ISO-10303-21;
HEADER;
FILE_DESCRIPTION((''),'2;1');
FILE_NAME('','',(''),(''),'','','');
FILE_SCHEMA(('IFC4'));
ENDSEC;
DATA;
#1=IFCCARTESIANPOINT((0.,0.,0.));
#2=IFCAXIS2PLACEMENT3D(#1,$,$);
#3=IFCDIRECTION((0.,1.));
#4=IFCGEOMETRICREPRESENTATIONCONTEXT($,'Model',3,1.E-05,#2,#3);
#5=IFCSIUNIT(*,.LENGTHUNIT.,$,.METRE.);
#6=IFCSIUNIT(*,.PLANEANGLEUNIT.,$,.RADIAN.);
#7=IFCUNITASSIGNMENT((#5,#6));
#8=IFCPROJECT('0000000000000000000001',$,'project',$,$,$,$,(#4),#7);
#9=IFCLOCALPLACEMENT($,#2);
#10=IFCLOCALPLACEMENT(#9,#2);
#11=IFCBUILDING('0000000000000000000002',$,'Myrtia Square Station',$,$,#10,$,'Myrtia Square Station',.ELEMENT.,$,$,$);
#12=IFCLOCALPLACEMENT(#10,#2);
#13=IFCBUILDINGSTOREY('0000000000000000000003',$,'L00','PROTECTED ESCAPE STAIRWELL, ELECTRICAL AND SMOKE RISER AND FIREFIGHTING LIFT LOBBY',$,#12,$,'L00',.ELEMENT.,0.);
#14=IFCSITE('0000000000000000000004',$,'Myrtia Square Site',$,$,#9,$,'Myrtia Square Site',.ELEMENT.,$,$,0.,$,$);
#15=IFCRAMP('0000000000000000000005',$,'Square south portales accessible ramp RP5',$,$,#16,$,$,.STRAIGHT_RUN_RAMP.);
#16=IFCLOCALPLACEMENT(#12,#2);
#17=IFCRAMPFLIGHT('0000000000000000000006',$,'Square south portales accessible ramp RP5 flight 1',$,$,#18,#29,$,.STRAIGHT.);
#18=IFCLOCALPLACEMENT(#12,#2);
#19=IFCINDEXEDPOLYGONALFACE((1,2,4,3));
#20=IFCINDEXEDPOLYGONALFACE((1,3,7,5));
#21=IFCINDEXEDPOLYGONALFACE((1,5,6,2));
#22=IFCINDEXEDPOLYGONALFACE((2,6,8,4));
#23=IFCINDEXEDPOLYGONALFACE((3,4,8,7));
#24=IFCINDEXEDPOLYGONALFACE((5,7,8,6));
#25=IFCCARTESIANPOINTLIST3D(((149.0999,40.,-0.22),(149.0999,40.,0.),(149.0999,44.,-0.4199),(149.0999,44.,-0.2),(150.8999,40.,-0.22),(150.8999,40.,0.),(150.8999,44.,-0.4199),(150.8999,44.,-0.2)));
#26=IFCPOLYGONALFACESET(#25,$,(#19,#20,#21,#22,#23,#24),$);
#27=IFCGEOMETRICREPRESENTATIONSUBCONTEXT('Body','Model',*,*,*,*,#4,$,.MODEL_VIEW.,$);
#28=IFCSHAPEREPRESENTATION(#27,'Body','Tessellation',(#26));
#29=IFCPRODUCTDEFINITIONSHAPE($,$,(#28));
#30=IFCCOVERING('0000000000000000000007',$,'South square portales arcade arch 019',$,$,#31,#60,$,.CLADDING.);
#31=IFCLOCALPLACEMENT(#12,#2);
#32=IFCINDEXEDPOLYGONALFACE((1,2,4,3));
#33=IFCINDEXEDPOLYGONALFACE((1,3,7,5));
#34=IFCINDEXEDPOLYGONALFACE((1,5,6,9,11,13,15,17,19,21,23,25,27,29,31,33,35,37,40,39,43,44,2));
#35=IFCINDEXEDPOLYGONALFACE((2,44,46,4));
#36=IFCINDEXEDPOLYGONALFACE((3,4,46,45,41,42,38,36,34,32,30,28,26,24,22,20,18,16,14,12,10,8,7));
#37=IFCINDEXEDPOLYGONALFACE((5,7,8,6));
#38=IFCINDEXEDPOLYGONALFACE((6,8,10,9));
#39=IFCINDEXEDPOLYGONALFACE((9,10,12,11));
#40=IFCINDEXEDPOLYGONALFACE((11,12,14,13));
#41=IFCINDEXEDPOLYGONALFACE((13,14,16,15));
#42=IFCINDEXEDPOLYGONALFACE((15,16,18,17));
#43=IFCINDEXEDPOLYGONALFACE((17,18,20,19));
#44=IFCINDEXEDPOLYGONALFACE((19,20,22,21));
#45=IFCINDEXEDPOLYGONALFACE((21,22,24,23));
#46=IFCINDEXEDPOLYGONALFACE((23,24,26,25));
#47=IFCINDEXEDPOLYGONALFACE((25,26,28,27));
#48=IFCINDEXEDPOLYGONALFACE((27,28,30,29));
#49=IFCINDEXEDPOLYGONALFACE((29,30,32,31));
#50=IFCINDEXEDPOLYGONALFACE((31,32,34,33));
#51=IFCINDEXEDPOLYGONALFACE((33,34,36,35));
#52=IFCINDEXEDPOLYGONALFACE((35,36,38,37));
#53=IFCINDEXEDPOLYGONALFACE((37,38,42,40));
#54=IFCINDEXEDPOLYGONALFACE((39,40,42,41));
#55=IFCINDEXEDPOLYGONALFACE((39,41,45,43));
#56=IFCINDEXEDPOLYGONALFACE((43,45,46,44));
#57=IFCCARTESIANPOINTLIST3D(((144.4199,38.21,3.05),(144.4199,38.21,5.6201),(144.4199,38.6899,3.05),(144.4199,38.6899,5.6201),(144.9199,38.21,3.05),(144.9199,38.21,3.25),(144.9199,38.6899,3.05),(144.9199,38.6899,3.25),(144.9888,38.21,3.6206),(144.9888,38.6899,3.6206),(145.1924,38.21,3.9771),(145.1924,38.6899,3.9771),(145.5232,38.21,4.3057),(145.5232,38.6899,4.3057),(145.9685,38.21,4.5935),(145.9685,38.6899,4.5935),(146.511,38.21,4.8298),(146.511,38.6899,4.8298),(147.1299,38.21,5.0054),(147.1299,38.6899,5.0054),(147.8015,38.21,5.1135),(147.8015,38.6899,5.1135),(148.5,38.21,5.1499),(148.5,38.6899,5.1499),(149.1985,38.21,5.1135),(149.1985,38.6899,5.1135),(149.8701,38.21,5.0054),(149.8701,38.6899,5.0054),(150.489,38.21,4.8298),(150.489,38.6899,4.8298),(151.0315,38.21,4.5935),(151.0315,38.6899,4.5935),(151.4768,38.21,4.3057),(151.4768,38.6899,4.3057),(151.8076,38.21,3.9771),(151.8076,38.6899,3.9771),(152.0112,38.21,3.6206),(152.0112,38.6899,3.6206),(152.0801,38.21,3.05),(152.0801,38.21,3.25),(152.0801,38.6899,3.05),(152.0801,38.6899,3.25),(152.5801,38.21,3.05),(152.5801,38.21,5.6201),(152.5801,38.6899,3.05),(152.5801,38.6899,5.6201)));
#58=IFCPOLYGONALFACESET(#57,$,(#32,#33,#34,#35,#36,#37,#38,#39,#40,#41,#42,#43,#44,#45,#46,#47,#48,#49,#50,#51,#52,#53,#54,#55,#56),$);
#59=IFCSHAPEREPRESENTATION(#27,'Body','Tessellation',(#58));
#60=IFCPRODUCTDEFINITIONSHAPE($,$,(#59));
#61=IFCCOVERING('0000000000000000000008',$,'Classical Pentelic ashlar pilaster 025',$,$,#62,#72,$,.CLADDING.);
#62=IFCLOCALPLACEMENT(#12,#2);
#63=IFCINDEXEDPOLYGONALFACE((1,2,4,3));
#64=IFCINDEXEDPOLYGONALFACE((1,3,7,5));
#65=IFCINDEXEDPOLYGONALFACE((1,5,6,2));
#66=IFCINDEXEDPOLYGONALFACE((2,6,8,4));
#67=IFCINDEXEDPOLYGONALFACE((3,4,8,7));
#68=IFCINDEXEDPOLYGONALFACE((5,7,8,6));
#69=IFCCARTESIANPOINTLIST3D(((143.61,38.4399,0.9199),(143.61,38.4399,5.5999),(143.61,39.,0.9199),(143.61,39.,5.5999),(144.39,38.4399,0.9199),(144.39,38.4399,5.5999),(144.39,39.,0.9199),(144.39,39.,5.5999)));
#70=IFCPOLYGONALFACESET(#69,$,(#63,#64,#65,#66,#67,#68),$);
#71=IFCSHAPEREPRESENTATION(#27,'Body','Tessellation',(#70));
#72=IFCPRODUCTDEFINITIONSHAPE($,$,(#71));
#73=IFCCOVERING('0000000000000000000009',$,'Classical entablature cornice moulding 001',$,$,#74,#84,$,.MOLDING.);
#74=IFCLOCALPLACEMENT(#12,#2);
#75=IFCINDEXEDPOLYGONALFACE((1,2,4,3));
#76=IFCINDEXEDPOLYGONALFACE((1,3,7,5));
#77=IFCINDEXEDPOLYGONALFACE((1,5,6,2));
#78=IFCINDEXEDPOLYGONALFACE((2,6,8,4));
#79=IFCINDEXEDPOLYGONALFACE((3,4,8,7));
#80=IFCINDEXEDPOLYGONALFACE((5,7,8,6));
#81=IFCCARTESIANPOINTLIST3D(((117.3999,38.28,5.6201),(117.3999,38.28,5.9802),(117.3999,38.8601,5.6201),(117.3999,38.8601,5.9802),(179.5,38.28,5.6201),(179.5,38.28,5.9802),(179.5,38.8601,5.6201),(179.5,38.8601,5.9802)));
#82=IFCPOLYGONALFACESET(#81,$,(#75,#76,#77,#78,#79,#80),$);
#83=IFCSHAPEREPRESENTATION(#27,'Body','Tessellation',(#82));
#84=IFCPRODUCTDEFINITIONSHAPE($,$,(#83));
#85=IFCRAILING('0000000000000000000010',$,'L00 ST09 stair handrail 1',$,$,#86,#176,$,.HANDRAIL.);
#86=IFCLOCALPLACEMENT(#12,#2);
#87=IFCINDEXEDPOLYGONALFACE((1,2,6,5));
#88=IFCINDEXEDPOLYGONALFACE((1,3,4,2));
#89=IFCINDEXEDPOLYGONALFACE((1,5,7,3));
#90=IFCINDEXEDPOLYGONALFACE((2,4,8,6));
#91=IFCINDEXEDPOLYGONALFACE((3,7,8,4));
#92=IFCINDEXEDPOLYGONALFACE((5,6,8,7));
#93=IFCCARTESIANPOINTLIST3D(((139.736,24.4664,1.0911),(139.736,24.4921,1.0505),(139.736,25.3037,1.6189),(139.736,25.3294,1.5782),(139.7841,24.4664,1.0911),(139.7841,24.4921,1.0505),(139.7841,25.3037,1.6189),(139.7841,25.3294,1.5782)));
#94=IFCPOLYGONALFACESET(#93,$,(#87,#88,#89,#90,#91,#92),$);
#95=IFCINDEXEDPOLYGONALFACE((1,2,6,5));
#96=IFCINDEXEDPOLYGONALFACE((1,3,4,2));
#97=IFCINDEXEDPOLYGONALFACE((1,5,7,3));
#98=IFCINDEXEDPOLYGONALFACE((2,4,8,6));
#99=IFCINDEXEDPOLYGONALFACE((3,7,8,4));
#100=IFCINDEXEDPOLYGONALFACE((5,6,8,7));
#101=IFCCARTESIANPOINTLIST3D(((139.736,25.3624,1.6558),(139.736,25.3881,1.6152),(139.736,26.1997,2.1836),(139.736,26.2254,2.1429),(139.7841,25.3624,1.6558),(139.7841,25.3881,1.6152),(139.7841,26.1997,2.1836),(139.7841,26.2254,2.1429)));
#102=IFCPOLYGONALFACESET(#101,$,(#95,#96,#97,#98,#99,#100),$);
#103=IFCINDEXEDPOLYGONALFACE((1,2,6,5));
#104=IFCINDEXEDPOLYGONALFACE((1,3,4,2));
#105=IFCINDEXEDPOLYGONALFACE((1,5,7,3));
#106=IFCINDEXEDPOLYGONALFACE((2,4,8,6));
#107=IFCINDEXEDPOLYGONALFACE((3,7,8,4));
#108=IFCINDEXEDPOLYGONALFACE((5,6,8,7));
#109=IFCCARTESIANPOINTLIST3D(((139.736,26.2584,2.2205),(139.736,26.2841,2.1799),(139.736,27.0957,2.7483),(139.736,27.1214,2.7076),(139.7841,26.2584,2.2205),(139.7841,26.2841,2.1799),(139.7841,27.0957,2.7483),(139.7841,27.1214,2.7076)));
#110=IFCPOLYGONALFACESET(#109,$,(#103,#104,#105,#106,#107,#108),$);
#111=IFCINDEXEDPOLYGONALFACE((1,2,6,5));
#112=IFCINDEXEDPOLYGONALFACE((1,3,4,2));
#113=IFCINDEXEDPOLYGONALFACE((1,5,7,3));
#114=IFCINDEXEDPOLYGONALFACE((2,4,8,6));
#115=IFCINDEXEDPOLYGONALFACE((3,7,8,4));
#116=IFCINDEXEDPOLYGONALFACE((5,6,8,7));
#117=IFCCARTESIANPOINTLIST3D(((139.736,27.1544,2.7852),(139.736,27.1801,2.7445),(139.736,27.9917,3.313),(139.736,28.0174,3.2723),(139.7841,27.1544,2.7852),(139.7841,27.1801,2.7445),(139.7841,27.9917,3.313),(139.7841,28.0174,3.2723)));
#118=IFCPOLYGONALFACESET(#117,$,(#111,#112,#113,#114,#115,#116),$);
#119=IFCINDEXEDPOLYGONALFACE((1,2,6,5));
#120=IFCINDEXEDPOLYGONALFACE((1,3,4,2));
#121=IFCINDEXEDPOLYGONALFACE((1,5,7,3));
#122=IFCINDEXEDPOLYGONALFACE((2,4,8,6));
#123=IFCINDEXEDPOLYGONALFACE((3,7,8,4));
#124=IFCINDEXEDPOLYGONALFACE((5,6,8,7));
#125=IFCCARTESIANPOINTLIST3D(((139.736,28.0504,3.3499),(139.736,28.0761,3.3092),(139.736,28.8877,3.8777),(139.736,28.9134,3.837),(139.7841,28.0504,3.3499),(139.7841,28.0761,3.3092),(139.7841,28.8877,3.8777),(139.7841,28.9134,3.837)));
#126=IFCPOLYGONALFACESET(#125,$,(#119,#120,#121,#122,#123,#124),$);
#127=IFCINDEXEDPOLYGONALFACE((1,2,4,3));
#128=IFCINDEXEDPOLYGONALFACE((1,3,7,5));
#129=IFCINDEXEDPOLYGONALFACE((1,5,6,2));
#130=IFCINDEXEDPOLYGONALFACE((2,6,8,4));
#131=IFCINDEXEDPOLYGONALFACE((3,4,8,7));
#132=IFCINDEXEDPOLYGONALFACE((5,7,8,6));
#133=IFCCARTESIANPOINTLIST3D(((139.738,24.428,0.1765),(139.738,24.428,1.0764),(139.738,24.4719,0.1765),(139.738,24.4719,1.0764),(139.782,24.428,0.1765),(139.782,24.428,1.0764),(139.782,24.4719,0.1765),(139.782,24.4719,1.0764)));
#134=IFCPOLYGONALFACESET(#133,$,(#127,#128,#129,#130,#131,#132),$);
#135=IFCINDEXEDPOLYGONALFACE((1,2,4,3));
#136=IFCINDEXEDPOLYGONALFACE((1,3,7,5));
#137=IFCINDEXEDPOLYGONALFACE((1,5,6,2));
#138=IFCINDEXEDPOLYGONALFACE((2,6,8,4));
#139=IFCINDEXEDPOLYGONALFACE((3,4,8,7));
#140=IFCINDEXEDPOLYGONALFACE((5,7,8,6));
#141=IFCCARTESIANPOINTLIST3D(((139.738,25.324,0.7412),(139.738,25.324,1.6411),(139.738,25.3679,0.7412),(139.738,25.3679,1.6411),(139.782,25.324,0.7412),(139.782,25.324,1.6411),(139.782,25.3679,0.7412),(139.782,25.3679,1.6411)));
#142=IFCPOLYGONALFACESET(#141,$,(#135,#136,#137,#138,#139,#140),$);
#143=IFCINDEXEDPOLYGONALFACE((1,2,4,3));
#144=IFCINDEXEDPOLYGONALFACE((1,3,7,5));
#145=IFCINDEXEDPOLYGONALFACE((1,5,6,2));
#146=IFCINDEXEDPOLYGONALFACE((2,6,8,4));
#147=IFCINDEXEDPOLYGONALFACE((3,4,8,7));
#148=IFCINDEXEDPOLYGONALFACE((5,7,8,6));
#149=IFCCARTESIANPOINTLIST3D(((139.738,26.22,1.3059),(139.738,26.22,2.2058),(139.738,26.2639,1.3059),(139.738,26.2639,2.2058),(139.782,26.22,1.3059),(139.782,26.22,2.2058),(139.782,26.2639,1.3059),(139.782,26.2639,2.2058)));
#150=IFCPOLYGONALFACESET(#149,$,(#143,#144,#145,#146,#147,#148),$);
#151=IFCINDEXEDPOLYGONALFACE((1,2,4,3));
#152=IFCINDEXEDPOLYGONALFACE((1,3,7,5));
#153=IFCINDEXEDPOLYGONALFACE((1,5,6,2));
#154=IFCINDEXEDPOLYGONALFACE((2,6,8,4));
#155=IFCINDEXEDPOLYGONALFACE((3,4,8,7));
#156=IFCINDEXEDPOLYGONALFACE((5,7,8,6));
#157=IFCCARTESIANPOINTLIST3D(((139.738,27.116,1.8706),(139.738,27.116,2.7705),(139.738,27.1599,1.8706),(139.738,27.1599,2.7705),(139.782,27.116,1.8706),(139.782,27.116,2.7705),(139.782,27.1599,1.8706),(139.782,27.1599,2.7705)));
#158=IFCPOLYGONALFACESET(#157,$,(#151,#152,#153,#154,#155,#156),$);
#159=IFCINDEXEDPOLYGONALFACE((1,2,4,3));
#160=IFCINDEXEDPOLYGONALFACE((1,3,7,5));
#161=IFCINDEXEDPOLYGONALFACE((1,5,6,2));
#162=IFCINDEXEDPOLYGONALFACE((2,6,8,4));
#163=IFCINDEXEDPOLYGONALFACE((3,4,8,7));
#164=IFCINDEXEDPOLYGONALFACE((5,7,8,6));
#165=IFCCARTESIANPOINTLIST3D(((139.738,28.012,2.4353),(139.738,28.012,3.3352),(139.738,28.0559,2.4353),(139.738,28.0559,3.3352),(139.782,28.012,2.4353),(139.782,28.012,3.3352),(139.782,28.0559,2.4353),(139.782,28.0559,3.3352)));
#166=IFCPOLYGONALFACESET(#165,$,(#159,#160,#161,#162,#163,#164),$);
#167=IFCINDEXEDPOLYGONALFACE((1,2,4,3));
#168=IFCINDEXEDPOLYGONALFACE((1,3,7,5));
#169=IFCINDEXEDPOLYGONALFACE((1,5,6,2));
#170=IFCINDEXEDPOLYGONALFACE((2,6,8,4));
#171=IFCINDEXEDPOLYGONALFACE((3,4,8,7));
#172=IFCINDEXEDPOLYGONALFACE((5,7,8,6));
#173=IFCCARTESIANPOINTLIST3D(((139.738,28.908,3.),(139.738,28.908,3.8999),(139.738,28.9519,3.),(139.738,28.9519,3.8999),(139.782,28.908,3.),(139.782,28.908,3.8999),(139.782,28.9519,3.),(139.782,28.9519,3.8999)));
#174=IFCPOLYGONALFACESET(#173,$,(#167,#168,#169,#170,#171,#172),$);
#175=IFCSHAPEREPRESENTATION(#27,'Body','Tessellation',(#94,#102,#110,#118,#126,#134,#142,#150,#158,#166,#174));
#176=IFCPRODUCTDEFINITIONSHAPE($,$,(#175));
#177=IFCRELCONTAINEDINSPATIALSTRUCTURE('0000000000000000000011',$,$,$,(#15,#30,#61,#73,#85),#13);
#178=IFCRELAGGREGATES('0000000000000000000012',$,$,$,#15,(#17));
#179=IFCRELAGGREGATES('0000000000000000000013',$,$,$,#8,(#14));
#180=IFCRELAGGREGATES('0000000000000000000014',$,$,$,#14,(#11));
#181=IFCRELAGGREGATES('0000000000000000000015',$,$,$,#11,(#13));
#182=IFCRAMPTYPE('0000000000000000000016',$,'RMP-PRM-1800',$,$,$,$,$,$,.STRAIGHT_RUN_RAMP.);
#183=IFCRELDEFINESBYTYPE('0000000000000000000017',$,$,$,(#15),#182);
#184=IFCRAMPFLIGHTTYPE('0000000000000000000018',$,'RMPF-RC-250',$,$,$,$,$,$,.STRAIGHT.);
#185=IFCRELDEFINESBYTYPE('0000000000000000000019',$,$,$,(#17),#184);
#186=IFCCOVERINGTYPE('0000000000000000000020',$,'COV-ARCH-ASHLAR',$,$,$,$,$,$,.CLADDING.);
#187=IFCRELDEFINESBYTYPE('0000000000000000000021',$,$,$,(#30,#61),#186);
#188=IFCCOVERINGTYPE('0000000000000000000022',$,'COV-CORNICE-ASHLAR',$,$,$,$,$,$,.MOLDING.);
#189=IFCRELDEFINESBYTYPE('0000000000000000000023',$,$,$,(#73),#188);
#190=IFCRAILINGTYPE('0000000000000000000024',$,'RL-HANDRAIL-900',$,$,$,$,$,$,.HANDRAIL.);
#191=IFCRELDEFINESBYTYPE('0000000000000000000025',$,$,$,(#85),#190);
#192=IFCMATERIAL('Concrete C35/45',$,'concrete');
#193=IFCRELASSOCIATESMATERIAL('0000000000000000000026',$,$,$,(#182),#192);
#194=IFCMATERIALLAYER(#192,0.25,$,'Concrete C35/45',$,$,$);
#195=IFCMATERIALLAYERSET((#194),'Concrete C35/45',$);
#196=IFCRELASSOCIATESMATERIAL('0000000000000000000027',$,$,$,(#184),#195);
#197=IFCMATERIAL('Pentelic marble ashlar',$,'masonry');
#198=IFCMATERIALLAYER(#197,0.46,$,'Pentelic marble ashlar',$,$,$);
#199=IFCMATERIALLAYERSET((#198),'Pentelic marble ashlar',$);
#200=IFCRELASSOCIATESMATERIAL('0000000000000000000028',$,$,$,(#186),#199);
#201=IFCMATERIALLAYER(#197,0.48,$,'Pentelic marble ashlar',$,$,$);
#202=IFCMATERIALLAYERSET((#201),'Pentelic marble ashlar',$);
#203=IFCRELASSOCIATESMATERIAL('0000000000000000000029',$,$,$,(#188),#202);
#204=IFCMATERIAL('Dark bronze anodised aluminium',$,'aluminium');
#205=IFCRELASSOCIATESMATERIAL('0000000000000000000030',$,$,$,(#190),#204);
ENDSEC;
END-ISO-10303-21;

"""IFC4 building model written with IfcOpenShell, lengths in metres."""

from ifc_helpers import new_model, si_unit, direction, frame, origin, origin_2d, place, context, subcontext, project, spatial, polyline, rectangle, outline, extrude, material, layer, layer_set, type_object, element, aggregate, save


model = new_model("IFC4")

# Units and contexts
model_context = context("Model", 3, precision=1e-05, world=origin(), true_north=direction((0.0, 1.0)))
body_context = subcontext(model_context, "Body", "Model", "MODEL_VIEW")
ifc_project = project(units=[si_unit("LENGTHUNIT", "METRE"), si_unit("PLANEANGLEUNIT", "RADIAN")], contexts=[model_context])

# Site, building, storey
site_placement = place(None, origin())
site = spatial("IfcSite", under=ifc_project, at=site_placement, Name="Myrtia Square Site", LongName="Myrtia Square Site", CompositionType="ELEMENT", RefElevation=0.0)
building_placement = place(site_placement, origin())
building = spatial("IfcBuilding", under=site, at=building_placement, Name="Myrtia Square Station", LongName="Myrtia Square Station", CompositionType="ELEMENT")
storey_placement = place(building_placement, origin())
storey = spatial("IfcBuildingStorey", under=building, at=storey_placement, Name="L00", Description="PROTECTED ESCAPE STAIRWELL, ELECTRICAL AND SMOKE RISER AND FIREFIGHTING LIFT LOBBY", LongName="L00", CompositionType="ELEMENT", Elevation=0.0)

# Shared definitions
ifc_material_1 = material(Name="Concrete C35/45", Category="concrete")

# Shared definitions
ifc_material_2 = material(Name="Dark bronze anodised aluminium", Category="aluminium")

# Shared definitions
ifc_material_3 = material(Name="Pentelic marble ashlar", Category="masonry")

# Ramp, ramp flight
ramp_type = type_object("IfcRampType", Name="RMP-PRM-1800", PredefinedType="STRAIGHT_RUN_RAMP", material=ifc_material_1)
ramp_placement = place(storey_placement, origin())
ramp = element("IfcRamp", 1, at=ramp_placement, inside=storey, type_object=ramp_type, Name="Square south portales accessible ramp RP5", PredefinedType="STRAIGHT_RUN_RAMP")
ifc_layer_1 = layer(ifc_material_1, 0.25, Name="Concrete C35/45")
ifc_layer_set_1 = layer_set([ifc_layer_1], Name="Concrete C35/45")
ramp_flight_type = type_object("IfcRampFlightType", Name="RMPF-RC-250", PredefinedType="STRAIGHT", material=ifc_layer_set_1)
ramp_flight_placement = place(storey_placement, frame((150.0, 44.0, -0.2), z_axis=(0.0, 0.0, 1.0), x_axis=(0.0, -1.0, 0.0)))
ramp_flight = element("IfcRampFlight", 2, at=ramp_flight_placement, type_object=ramp_flight_type, Name="Square south portales accessible ramp RP5 flight 1", PredefinedType="STRAIGHT", context=body_context, shape_type="SweptSolid", body=[
    extrude(outline(polyline([(0.0, 0.0), (4.0, 0.2), (4.0, -0.02), (0.0, -0.22), (0.0, 0.0)])), frame((0.0, 0.8999, 0.0), z_axis=(0.0, -1.0, 0.0), x_axis=(1.0, 0.0, 0.0)), (0.0, 0.0, 1.0), 1.8),
])
aggregate(ramp, [ramp_flight])

# Coverings
ifc_layer_2 = layer(ifc_material_3, 0.46, Name="Pentelic marble ashlar")
ifc_layer_set_2 = layer_set([ifc_layer_2], Name="Pentelic marble ashlar")
covering_type_1 = type_object("IfcCoveringType", Name="COV-ARCH-ASHLAR", PredefinedType="CLADDING", material=ifc_layer_set_2)
covering_1_placement = place(storey_placement, frame((144.4199, 38.45, 3.05), z_axis=(0.0, 0.0, 1.0), x_axis=(1.0, 0.0, 0.0)))
element("IfcCovering", 3, at=covering_1_placement, inside=storey, type_object=covering_type_1, Name="South square portales arcade arch 019", PredefinedType="CLADDING", context=body_context, shape_type="SweptSolid", body=[
    extrude(outline(polyline([(0.0, 0.0), (0.5, 0.0), (0.5, 0.2), (0.5688, 0.5706), (0.7725, 0.927), (1.1033, 1.2556), (1.5486, 1.5435), (2.0911, 1.7798), (2.71, 1.9553), (3.3816, 2.0635), (4.0801, 2.0999), (4.7786, 2.0635), (5.4502, 1.9553), (6.0691, 1.7798), (6.6116, 1.5435), (7.0569, 1.2556), (7.3877, 0.927), (7.5913, 0.5706), (7.6602, 0.2), (7.6602, 0.0), (8.1602, 0.0), (8.1602, 2.5701), (0.0, 2.5701), (0.0, 0.0)])), frame((0.0, 0.24, 0.0), z_axis=(0.0, -1.0, 0.0), x_axis=(1.0, 0.0, 0.0)), (0.0, 0.0, 1.0), 0.48),
])
covering_2_placement = place(storey_placement, frame((144.0, 38.72, 0.9199), z_axis=(0.0, 0.0, 1.0), x_axis=(1.0, 0.0, 0.0)))
element("IfcCovering", 4, at=covering_2_placement, inside=storey, type_object=covering_type_1, Name="Classical Pentelic ashlar pilaster 025", PredefinedType="CLADDING", context=body_context, shape_type="SweptSolid", body=[
    extrude(rectangle(XDim=0.78, YDim=0.5601, at=origin_2d()), origin(), (0.0, 0.0, 1.0), 4.6799),
])
ifc_layer_3 = layer(ifc_material_3, 0.48, Name="Pentelic marble ashlar")
ifc_layer_set_3 = layer_set([ifc_layer_3], Name="Pentelic marble ashlar")
covering_type_2 = type_object("IfcCoveringType", Name="COV-CORNICE-ASHLAR", PredefinedType="MOLDING", material=ifc_layer_set_3)
covering_3_placement = place(storey_placement, frame((148.45, 38.5701, 5.6201), z_axis=(0.0, 0.0, 1.0), x_axis=(1.0, 0.0, 0.0)))
element("IfcCovering", 5, at=covering_3_placement, inside=storey, type_object=covering_type_2, Name="Classical entablature cornice moulding 001", PredefinedType="MOLDING", context=body_context, shape_type="SweptSolid", body=[
    extrude(rectangle(XDim=62.1001, YDim=0.5801, at=origin_2d()), origin(), (0.0, 0.0, 1.0), 0.3601),
])

# Railing
railing_type_1 = type_object("IfcRailingType", Name="RL-HANDRAIL-900", PredefinedType="HANDRAIL", material=ifc_material_2)
railing_1_placement = place(storey_placement, frame((139.76, 24.45, 0.1765)))
element("IfcRailing", 6, at=railing_1_placement, inside=storey, type_object=railing_type_1, Name="L00 ST09 stair handrail 1", PredefinedType="HANDRAIL", context=body_context, shape_type="SweptSolid", body=[
    extrude(rectangle(XDim=0.0481, YDim=0.0481, at=origin_2d()), frame((0.0, 0.0293, 0.8943), z_axis=(0.0, 0.845998, 0.533186), x_axis=(-1.0, 0.0, 0.0)), (0.0, 0.0, 1.0), 0.9897),
    extrude(rectangle(XDim=0.0481, YDim=0.0481, at=origin_2d()), frame((0.0, 0.9253, 1.459), z_axis=(0.0, 0.845998, 0.533186), x_axis=(-1.0, 0.0, 0.0)), (0.0, 0.0, 1.0), 0.9897),
    extrude(rectangle(XDim=0.0481, YDim=0.0481, at=origin_2d()), frame((0.0, 1.8213, 2.0237), z_axis=(0.0, 0.845998, 0.533186), x_axis=(-1.0, 0.0, 0.0)), (0.0, 0.0, 1.0), 0.9897),
    extrude(rectangle(XDim=0.0481, YDim=0.0481, at=origin_2d()), frame((0.0, 2.7173, 2.5884), z_axis=(0.0, 0.845998, 0.533186), x_axis=(-1.0, 0.0, 0.0)), (0.0, 0.0, 1.0), 0.9897),
    extrude(rectangle(XDim=0.0481, YDim=0.0481, at=origin_2d()), frame((0.0, 3.6133, 3.1531), z_axis=(0.0, 0.845998, 0.533186), x_axis=(-1.0, 0.0, 0.0)), (0.0, 0.0, 1.0), 0.9897),
    extrude(rectangle(XDim=0.0439, YDim=0.0439, at=origin_2d()), origin(), (0.0, 0.0, 1.0), 0.8999),
    extrude(rectangle(XDim=0.0439, YDim=0.0439, at=origin_2d()), frame((0.0, 0.896, 0.5647)), (0.0, 0.0, 1.0), 0.8999),
    extrude(rectangle(XDim=0.0439, YDim=0.0439, at=origin_2d()), frame((0.0, 1.792, 1.1294)), (0.0, 0.0, 1.0), 0.8999),
    extrude(rectangle(XDim=0.0439, YDim=0.0439, at=origin_2d()), frame((0.0, 2.688, 1.6941)), (0.0, 0.0, 1.0), 0.8999),
    extrude(rectangle(XDim=0.0439, YDim=0.0439, at=origin_2d()), frame((0.0, 3.584, 2.2588)), (0.0, 0.0, 1.0), 0.8999),
    extrude(rectangle(XDim=0.0439, YDim=0.0439, at=origin_2d()), frame((0.0, 4.48, 2.8235)), (0.0, 0.0, 1.0), 0.8999),
])

save(model, "model.ifc")
